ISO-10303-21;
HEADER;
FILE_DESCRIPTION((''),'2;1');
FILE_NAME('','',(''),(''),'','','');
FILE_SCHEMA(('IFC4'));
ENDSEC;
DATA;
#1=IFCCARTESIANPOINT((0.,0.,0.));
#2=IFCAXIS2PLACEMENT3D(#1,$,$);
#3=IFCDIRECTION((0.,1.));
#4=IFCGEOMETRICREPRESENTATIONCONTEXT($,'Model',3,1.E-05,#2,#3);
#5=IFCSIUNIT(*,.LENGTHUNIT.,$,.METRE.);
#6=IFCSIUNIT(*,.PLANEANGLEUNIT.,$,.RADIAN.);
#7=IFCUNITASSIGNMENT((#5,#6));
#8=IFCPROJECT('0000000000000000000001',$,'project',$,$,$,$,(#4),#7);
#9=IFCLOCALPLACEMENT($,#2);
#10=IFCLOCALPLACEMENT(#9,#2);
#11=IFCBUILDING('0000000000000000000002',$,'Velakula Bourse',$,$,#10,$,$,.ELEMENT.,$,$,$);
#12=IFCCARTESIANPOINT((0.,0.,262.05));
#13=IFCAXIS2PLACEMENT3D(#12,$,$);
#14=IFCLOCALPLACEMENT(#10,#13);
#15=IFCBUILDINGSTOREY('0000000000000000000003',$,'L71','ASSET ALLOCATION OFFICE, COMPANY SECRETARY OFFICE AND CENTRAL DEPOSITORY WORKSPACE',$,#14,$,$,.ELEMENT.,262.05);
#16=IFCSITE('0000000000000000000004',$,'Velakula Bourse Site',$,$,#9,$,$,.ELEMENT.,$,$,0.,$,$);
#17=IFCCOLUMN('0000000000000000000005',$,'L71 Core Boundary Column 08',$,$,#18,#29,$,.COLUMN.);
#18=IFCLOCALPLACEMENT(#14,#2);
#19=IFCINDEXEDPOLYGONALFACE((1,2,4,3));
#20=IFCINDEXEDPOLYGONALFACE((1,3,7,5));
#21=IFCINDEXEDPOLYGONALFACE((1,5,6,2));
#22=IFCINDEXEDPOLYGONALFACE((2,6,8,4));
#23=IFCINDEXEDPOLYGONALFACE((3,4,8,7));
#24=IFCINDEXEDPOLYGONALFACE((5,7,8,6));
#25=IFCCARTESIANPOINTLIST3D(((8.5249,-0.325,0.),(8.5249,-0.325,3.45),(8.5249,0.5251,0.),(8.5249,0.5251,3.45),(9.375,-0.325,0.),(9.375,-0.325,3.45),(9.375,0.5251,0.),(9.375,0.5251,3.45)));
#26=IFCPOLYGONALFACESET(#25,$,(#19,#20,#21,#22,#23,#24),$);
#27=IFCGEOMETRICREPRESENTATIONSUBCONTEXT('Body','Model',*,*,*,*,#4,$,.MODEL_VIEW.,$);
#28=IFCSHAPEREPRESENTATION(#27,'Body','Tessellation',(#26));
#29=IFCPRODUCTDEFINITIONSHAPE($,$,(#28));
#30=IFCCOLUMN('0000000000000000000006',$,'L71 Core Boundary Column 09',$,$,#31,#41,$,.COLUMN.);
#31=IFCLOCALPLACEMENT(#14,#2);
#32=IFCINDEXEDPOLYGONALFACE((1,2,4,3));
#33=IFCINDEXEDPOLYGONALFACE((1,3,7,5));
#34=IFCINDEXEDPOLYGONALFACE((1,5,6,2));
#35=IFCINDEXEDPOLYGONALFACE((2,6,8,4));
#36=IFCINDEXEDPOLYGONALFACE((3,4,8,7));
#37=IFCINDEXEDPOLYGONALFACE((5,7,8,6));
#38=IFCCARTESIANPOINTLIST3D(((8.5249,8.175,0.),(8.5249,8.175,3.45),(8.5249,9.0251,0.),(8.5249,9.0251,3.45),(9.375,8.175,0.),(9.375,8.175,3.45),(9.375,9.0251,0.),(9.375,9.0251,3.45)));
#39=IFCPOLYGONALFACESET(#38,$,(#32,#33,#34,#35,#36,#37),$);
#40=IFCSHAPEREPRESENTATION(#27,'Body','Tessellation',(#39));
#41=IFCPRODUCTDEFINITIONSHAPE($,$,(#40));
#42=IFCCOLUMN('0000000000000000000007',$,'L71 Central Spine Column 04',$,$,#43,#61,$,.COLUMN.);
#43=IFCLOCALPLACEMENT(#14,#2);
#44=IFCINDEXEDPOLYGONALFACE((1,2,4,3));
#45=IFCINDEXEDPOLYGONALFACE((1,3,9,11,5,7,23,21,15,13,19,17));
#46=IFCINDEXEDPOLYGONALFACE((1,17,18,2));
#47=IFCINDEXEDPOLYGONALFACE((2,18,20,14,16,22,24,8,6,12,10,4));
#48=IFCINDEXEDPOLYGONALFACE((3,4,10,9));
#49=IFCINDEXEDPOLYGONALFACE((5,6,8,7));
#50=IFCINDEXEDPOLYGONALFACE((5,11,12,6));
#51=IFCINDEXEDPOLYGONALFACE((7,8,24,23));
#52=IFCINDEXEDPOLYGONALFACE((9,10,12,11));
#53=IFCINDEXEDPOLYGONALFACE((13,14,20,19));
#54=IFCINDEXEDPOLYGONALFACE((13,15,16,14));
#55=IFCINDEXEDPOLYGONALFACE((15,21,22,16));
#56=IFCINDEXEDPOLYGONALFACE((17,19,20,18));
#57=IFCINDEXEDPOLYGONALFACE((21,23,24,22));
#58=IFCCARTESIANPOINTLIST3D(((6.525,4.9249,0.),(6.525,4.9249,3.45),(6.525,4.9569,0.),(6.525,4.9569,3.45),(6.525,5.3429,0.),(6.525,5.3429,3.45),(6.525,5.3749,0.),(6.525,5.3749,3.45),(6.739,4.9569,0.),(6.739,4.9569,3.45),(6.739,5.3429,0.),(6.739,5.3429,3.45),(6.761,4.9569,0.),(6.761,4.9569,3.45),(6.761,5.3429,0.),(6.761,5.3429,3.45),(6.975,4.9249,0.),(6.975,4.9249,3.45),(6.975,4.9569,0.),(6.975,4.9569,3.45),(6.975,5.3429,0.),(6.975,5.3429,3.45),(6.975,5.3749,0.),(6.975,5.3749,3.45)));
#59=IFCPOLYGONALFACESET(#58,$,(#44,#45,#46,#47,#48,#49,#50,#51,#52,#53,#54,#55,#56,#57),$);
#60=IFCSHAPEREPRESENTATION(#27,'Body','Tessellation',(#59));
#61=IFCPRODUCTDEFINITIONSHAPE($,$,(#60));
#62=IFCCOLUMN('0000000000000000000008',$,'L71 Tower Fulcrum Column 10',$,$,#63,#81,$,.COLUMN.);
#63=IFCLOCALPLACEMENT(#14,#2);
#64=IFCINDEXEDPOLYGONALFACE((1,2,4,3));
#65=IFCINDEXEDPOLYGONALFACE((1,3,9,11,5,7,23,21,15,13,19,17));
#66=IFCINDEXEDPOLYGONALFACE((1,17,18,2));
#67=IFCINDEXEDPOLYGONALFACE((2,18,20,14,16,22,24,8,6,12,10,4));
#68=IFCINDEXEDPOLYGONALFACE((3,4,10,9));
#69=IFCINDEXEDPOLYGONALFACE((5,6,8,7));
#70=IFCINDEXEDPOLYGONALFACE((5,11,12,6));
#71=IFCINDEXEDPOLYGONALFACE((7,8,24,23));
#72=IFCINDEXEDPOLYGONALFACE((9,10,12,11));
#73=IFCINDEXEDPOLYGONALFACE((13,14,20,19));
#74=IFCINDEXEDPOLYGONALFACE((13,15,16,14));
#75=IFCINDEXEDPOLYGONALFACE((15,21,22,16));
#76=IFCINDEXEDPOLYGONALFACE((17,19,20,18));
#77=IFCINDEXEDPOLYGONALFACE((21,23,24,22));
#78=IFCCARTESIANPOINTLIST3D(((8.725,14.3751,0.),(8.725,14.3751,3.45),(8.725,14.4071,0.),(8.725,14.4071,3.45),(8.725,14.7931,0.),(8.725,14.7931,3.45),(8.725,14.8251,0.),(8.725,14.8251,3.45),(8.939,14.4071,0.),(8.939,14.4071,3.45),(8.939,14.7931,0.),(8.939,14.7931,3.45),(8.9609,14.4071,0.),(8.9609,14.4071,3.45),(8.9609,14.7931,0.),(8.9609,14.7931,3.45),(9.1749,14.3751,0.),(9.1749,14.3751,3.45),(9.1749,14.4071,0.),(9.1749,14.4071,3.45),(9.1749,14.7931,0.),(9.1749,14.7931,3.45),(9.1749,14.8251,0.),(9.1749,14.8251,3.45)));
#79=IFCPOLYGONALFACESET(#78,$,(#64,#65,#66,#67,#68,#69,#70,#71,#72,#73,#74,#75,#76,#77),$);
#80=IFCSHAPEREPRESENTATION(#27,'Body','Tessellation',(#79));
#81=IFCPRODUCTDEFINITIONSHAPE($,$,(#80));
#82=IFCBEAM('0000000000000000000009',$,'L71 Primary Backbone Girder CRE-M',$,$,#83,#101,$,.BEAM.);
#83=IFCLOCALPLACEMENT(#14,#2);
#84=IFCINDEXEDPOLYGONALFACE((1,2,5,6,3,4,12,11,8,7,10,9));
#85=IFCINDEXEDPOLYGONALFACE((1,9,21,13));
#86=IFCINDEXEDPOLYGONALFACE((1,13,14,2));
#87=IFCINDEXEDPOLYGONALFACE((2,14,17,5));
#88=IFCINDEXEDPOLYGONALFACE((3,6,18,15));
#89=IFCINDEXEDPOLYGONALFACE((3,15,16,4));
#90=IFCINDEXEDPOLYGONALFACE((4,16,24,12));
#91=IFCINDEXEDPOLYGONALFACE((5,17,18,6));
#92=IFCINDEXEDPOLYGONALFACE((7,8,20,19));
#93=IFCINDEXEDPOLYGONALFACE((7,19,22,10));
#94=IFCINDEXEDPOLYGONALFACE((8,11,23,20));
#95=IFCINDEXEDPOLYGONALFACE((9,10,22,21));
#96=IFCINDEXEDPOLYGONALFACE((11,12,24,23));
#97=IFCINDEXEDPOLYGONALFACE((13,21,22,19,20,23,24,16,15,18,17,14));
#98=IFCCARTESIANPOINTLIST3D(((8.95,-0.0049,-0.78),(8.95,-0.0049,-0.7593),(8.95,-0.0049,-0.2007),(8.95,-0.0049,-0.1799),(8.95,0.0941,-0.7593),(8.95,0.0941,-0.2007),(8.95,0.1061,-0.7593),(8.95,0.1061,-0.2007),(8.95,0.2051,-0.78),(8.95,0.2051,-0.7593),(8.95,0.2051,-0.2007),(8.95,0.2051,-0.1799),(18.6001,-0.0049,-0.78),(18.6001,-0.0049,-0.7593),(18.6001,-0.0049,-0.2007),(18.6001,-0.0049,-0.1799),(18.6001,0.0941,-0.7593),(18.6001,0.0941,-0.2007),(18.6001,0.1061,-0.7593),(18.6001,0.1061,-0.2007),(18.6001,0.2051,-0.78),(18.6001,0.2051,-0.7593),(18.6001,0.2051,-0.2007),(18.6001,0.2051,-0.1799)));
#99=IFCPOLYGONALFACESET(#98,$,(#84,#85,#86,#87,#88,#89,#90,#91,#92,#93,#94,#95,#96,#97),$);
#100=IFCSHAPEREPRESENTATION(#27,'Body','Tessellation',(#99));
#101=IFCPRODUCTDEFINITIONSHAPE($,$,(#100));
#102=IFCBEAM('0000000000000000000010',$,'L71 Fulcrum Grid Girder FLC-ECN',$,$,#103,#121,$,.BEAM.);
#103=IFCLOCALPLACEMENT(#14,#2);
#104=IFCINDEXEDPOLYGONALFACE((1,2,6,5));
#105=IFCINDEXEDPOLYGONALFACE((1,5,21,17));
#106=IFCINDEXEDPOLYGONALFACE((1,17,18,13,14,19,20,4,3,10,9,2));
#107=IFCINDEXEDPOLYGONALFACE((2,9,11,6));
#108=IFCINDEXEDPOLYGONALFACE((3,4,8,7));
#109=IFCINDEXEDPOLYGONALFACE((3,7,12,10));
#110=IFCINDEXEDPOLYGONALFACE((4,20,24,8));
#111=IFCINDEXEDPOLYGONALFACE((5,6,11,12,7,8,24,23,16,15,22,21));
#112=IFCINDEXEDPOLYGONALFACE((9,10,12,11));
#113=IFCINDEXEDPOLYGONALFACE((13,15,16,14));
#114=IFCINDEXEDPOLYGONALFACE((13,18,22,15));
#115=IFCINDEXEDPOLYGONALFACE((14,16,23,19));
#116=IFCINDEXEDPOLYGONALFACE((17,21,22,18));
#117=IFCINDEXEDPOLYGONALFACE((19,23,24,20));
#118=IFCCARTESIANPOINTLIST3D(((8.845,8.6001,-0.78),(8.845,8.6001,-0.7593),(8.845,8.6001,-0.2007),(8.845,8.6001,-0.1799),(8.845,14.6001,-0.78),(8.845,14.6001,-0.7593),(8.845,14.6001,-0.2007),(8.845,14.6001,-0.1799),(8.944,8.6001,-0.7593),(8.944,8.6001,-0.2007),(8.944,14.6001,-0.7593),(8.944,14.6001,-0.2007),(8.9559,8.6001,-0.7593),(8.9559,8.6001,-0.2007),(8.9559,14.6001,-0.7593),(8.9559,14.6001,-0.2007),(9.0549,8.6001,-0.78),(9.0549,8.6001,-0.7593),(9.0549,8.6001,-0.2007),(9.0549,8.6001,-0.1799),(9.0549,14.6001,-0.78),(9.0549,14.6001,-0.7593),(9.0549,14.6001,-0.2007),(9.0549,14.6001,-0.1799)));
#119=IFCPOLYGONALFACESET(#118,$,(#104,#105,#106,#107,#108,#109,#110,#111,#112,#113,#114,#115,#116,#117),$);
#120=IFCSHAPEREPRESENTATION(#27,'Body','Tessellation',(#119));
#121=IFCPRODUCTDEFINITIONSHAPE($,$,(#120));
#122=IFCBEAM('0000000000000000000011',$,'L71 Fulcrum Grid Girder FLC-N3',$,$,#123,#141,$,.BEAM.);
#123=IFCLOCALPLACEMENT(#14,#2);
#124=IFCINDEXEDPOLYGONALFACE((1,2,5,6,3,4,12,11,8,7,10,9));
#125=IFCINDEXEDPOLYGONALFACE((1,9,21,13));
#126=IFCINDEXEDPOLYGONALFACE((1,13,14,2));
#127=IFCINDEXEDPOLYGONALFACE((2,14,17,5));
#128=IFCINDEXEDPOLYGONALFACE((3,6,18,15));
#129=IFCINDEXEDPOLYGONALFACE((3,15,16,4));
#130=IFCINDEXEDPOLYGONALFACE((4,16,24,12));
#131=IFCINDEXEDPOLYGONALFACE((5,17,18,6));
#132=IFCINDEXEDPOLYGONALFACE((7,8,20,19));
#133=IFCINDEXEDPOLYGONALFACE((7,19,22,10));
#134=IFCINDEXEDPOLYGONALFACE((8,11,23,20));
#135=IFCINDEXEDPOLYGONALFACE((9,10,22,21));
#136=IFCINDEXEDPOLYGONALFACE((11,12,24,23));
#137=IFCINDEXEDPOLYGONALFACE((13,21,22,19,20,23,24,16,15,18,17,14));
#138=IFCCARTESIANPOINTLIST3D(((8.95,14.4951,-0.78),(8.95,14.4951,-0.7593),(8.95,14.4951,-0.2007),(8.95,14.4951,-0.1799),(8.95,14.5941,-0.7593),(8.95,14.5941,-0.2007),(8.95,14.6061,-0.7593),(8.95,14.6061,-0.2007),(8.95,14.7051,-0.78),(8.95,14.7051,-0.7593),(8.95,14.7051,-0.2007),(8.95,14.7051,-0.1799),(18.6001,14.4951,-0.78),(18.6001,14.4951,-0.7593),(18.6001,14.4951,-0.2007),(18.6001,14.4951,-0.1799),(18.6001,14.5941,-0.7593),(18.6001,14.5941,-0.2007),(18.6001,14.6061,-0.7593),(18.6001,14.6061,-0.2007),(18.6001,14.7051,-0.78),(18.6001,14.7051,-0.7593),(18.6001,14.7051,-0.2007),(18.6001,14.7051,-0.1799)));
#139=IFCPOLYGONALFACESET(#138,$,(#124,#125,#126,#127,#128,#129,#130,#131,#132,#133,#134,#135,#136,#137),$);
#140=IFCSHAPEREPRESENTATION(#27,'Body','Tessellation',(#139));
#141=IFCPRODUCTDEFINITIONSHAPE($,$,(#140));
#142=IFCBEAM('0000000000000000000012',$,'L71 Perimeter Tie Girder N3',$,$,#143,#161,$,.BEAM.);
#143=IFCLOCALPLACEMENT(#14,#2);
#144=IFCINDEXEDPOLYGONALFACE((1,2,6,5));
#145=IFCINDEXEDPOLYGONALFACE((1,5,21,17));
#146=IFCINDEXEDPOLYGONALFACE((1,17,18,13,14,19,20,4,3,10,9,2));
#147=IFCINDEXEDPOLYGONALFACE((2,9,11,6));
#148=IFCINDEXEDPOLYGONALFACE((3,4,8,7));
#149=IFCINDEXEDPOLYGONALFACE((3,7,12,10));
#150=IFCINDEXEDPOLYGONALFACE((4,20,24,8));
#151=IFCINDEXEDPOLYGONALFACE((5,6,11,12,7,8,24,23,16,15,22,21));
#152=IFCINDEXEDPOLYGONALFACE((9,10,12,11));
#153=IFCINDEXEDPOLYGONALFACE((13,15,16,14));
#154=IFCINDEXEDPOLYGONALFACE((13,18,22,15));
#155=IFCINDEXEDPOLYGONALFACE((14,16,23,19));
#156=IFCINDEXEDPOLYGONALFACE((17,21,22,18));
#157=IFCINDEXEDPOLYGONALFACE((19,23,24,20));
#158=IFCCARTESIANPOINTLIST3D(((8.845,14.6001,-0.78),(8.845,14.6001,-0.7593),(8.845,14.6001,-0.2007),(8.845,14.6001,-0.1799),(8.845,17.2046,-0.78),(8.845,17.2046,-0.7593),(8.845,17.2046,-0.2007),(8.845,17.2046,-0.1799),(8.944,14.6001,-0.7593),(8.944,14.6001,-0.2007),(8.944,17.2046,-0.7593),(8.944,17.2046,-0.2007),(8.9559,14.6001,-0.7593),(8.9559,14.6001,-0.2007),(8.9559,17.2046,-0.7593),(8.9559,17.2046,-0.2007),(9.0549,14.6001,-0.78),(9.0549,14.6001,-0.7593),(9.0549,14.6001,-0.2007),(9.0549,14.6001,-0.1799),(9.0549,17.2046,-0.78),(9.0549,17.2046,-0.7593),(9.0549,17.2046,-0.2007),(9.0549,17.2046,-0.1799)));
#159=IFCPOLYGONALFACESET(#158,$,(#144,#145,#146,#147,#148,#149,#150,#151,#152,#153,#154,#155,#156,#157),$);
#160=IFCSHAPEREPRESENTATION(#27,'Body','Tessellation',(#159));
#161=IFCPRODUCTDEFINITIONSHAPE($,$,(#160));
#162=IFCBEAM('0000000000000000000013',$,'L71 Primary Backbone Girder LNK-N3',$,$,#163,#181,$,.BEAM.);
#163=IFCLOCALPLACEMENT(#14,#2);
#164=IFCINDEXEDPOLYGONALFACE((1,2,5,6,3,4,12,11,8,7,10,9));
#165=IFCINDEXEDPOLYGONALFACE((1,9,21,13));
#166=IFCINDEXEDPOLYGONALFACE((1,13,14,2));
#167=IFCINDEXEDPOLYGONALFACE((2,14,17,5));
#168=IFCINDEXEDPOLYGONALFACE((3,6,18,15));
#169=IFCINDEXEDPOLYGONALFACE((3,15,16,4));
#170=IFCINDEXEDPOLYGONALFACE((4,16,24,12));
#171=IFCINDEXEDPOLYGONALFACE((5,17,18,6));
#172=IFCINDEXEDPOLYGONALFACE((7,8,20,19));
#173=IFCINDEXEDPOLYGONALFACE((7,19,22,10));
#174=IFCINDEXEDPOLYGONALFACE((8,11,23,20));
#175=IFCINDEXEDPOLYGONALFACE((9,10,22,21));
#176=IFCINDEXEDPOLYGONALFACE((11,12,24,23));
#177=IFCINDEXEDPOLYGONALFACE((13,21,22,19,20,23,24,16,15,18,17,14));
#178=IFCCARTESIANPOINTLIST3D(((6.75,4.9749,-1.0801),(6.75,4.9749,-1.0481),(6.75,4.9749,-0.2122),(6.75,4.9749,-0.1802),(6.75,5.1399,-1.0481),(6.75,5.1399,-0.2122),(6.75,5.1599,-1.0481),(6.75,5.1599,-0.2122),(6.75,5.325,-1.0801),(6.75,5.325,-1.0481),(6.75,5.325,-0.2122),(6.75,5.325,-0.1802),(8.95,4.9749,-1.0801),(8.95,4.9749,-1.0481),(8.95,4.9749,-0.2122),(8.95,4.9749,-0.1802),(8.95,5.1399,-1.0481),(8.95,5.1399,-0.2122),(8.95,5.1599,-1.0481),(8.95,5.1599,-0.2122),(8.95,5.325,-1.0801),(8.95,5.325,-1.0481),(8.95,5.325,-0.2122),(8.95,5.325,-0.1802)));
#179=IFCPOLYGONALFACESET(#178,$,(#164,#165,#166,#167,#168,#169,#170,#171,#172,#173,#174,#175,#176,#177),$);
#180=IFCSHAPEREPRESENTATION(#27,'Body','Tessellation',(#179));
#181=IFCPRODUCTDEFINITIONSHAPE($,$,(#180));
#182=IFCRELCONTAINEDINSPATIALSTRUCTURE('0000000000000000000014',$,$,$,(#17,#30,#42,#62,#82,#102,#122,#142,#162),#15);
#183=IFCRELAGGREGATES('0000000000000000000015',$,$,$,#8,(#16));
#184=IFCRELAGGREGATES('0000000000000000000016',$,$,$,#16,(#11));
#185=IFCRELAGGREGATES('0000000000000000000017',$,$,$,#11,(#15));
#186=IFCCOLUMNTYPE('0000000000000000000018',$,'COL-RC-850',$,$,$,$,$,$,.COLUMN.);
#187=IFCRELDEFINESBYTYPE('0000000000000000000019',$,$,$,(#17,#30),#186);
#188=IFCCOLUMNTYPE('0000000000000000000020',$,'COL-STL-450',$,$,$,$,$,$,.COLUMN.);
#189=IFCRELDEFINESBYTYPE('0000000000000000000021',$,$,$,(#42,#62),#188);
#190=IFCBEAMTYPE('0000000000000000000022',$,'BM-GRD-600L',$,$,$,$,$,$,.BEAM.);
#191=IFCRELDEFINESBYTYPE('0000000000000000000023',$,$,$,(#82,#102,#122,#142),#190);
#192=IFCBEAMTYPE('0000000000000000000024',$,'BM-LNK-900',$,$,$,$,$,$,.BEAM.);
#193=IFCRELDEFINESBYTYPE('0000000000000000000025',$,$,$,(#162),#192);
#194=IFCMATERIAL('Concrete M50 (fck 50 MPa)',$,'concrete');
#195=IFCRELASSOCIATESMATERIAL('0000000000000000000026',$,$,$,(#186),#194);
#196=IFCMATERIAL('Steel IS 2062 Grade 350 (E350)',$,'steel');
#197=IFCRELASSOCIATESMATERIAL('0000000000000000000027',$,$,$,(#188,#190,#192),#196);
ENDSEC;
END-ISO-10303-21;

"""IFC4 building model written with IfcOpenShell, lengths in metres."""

from ifc_helpers import new_model, si_unit, direction, frame, origin, origin_2d, place, context, subcontext, project, spatial, rectangle, i_section, extrude, material, material_profile, profile_set, type_object, element, save


model = new_model("IFC4")

# Units and contexts
model_context = context("Model", 3, precision=1e-05, world=origin(), true_north=direction((0.0, 1.0)))
body_context = subcontext(model_context, "Body", "Model", "MODEL_VIEW")
ifc_project = project(units=[si_unit("LENGTHUNIT", "METRE"), si_unit("PLANEANGLEUNIT", "RADIAN")], contexts=[model_context])

# Site, building, storey
site_placement = place(None, origin())
site = spatial("IfcSite", under=ifc_project, at=site_placement, Name="Velakula Bourse Site", CompositionType="ELEMENT", RefElevation=0.0)
building_placement = place(site_placement, origin())
building = spatial("IfcBuilding", under=site, at=building_placement, Name="Velakula Bourse", CompositionType="ELEMENT")
storey_placement = place(building_placement, frame((0.0, 0.0, 262.05)))
storey = spatial("IfcBuildingStorey", under=building, at=storey_placement, Name="L71", Description="ASSET ALLOCATION OFFICE, COMPANY SECRETARY OFFICE AND CENTRAL DEPOSITORY WORKSPACE", CompositionType="ELEMENT", Elevation=262.05)

# Columns
ifc_material_1 = material(Name="Concrete M50 (fck 50 MPa)", Category="concrete")
ifc_material_profile_1 = material_profile(ifc_material_1, rectangle(XDim=0.8501, YDim=0.8501, at=origin_2d()), Name="Concrete M50 (fck 50 MPa)")
ifc_profile_set_1 = profile_set([ifc_material_profile_1], Name="Concrete M50 (fck 50 MPa)")
column_type_1 = type_object("IfcColumnType", Name="COL-RC-850", PredefinedType="COLUMN", material=ifc_profile_set_1)
for number, where, z_axis, x_axis, name in (
    (1, (8.95, 0.1001, 0.0), (0.0, 0.0, 1.0), (1.0, 0.0, 0.0), "L71 Core Boundary Column 08"),
    (2, (8.95, 8.6001, 0.0), (0.0, 0.0, 1.0), (1.0, 0.0, 0.0), "L71 Core Boundary Column 09"),
):
    element("IfcColumn", number, at=place(storey_placement, frame(where, z_axis=z_axis, x_axis=x_axis)), inside=storey, type_object=column_type_1, Name=name, PredefinedType="COLUMN", context=body_context, shape_type="SweptSolid", body=[
        extrude(rectangle(XDim=0.8501, YDim=0.8501, at=origin_2d()), origin(), (0.0, 0.0, 1.0), 3.45),
    ])
ifc_material_2 = material(Name="Steel IS 2062 Grade 350 (E350)", Category="steel")
ifc_material_profile_2 = material_profile(ifc_material_2, i_section(OverallWidth=0.45, OverallDepth=0.45, WebThickness=0.022, FlangeThickness=0.032, at=origin_2d()), Name="Steel IS 2062 Grade 350 (E350)")
ifc_profile_set_2 = profile_set([ifc_material_profile_2], Name="Steel IS 2062 Grade 350 (E350)")
column_type_2 = type_object("IfcColumnType", Name="COL-STL-450", PredefinedType="COLUMN", material=ifc_profile_set_2)
for number, where, z_axis, x_axis, name in (
    (3, (6.75, 5.1499, 0.0), (0.0, 0.0, 1.0), (1.0, 0.0, 0.0), "L71 Central Spine Column 04"),
    (4, (8.95, 14.6001, 0.0), (0.0, 0.0, 1.0), (1.0, 0.0, 0.0), "L71 Tower Fulcrum Column 10"),
):
    element("IfcColumn", number, at=place(storey_placement, frame(where, z_axis=z_axis, x_axis=x_axis)), inside=storey, type_object=column_type_2, Name=name, PredefinedType="COLUMN", context=body_context, shape_type="SweptSolid", body=[
        extrude(i_section(OverallWidth=0.45, OverallDepth=0.45, WebThickness=0.022, FlangeThickness=0.032, at=origin_2d()), origin(), (0.0, 0.0, 1.0), 3.45),
    ])

# Beams
ifc_material_profile_3 = material_profile(ifc_material_2, i_section(OverallWidth=0.21, OverallDepth=0.6001, WebThickness=0.012, FlangeThickness=0.0208, at=origin_2d()), Name="Steel IS 2062 Grade 350 (E350)")
ifc_profile_set_3 = profile_set([ifc_material_profile_3], Name="Steel IS 2062 Grade 350 (E350)")
beam_type_1 = type_object("IfcBeamType", Name="BM-GRD-600L", PredefinedType="BEAM", material=ifc_profile_set_3)
beam_1_placement = place(storey_placement, frame((8.95, 0.1001, -0.48), z_axis=(1.0, 0.0, 0.0), x_axis=(0.0, 1.0, 0.0)))
element("IfcBeam", 5, at=beam_1_placement, inside=storey, type_object=beam_type_1, Name="L71 Primary Backbone Girder CRE-M", PredefinedType="BEAM", context=body_context, shape_type="SweptSolid", body=[
    extrude(i_section(OverallWidth=0.21, OverallDepth=0.6001, WebThickness=0.012, FlangeThickness=0.0208, at=origin_2d()), origin(), (0.0, 0.0, 1.0), 9.6501),
])
beam_2_placement = place(storey_placement, frame((8.95, 8.6001, -0.48), z_axis=(0.0, 1.0, 0.0), x_axis=(-1.0, 0.0, 0.0)))
element("IfcBeam", 6, at=beam_2_placement, inside=storey, type_object=beam_type_1, Name="L71 Fulcrum Grid Girder FLC-ECN", PredefinedType="BEAM", context=body_context, shape_type="SweptSolid", body=[
    extrude(i_section(OverallWidth=0.21, OverallDepth=0.6001, WebThickness=0.012, FlangeThickness=0.0208, at=origin_2d()), origin(), (0.0, 0.0, 1.0), 6.0),
])
beam_3_placement = place(storey_placement, frame((8.95, 14.6001, -0.48), z_axis=(1.0, 0.0, 0.0), x_axis=(0.0, 1.0, 0.0)))
element("IfcBeam", 7, at=beam_3_placement, inside=storey, type_object=beam_type_1, Name="L71 Fulcrum Grid Girder FLC-N3", PredefinedType="BEAM", context=body_context, shape_type="SweptSolid", body=[
    extrude(i_section(OverallWidth=0.21, OverallDepth=0.6001, WebThickness=0.012, FlangeThickness=0.0208, at=origin_2d()), origin(), (0.0, 0.0, 1.0), 9.6501),
])
beam_4_placement = place(storey_placement, frame((8.95, 14.6001, -0.48), z_axis=(0.0, 1.0, 0.0), x_axis=(-1.0, 0.0, 0.0)))
element("IfcBeam", 8, at=beam_4_placement, inside=storey, type_object=beam_type_1, Name="L71 Perimeter Tie Girder N3", PredefinedType="BEAM", context=body_context, shape_type="SweptSolid", body=[
    extrude(i_section(OverallWidth=0.21, OverallDepth=0.6001, WebThickness=0.012, FlangeThickness=0.0208, at=origin_2d()), origin(), (0.0, 0.0, 1.0), 2.6045),
])
ifc_material_profile_4 = material_profile(ifc_material_2, i_section(OverallWidth=0.3501, OverallDepth=0.8999, WebThickness=0.02, FlangeThickness=0.032, at=origin_2d()), Name="Steel IS 2062 Grade 350 (E350)")
ifc_profile_set_4 = profile_set([ifc_material_profile_4], Name="Steel IS 2062 Grade 350 (E350)")
beam_type_2 = type_object("IfcBeamType", Name="BM-LNK-900", PredefinedType="BEAM", material=ifc_profile_set_4)
beam_5_placement = place(storey_placement, frame((6.75, 5.1499, -0.6301), z_axis=(1.0, 0.0, 0.0), x_axis=(0.0, 1.0, 0.0)))
element("IfcBeam", 9, at=beam_5_placement, inside=storey, type_object=beam_type_2, Name="L71 Primary Backbone Girder LNK-N3", PredefinedType="BEAM", context=body_context, shape_type="SweptSolid", body=[
    extrude(i_section(OverallWidth=0.3501, OverallDepth=0.8999, WebThickness=0.02, FlangeThickness=0.032, at=origin_2d()), origin(), (0.0, 0.0, 1.0), 2.2),
])

save(model, "model.ifc")
